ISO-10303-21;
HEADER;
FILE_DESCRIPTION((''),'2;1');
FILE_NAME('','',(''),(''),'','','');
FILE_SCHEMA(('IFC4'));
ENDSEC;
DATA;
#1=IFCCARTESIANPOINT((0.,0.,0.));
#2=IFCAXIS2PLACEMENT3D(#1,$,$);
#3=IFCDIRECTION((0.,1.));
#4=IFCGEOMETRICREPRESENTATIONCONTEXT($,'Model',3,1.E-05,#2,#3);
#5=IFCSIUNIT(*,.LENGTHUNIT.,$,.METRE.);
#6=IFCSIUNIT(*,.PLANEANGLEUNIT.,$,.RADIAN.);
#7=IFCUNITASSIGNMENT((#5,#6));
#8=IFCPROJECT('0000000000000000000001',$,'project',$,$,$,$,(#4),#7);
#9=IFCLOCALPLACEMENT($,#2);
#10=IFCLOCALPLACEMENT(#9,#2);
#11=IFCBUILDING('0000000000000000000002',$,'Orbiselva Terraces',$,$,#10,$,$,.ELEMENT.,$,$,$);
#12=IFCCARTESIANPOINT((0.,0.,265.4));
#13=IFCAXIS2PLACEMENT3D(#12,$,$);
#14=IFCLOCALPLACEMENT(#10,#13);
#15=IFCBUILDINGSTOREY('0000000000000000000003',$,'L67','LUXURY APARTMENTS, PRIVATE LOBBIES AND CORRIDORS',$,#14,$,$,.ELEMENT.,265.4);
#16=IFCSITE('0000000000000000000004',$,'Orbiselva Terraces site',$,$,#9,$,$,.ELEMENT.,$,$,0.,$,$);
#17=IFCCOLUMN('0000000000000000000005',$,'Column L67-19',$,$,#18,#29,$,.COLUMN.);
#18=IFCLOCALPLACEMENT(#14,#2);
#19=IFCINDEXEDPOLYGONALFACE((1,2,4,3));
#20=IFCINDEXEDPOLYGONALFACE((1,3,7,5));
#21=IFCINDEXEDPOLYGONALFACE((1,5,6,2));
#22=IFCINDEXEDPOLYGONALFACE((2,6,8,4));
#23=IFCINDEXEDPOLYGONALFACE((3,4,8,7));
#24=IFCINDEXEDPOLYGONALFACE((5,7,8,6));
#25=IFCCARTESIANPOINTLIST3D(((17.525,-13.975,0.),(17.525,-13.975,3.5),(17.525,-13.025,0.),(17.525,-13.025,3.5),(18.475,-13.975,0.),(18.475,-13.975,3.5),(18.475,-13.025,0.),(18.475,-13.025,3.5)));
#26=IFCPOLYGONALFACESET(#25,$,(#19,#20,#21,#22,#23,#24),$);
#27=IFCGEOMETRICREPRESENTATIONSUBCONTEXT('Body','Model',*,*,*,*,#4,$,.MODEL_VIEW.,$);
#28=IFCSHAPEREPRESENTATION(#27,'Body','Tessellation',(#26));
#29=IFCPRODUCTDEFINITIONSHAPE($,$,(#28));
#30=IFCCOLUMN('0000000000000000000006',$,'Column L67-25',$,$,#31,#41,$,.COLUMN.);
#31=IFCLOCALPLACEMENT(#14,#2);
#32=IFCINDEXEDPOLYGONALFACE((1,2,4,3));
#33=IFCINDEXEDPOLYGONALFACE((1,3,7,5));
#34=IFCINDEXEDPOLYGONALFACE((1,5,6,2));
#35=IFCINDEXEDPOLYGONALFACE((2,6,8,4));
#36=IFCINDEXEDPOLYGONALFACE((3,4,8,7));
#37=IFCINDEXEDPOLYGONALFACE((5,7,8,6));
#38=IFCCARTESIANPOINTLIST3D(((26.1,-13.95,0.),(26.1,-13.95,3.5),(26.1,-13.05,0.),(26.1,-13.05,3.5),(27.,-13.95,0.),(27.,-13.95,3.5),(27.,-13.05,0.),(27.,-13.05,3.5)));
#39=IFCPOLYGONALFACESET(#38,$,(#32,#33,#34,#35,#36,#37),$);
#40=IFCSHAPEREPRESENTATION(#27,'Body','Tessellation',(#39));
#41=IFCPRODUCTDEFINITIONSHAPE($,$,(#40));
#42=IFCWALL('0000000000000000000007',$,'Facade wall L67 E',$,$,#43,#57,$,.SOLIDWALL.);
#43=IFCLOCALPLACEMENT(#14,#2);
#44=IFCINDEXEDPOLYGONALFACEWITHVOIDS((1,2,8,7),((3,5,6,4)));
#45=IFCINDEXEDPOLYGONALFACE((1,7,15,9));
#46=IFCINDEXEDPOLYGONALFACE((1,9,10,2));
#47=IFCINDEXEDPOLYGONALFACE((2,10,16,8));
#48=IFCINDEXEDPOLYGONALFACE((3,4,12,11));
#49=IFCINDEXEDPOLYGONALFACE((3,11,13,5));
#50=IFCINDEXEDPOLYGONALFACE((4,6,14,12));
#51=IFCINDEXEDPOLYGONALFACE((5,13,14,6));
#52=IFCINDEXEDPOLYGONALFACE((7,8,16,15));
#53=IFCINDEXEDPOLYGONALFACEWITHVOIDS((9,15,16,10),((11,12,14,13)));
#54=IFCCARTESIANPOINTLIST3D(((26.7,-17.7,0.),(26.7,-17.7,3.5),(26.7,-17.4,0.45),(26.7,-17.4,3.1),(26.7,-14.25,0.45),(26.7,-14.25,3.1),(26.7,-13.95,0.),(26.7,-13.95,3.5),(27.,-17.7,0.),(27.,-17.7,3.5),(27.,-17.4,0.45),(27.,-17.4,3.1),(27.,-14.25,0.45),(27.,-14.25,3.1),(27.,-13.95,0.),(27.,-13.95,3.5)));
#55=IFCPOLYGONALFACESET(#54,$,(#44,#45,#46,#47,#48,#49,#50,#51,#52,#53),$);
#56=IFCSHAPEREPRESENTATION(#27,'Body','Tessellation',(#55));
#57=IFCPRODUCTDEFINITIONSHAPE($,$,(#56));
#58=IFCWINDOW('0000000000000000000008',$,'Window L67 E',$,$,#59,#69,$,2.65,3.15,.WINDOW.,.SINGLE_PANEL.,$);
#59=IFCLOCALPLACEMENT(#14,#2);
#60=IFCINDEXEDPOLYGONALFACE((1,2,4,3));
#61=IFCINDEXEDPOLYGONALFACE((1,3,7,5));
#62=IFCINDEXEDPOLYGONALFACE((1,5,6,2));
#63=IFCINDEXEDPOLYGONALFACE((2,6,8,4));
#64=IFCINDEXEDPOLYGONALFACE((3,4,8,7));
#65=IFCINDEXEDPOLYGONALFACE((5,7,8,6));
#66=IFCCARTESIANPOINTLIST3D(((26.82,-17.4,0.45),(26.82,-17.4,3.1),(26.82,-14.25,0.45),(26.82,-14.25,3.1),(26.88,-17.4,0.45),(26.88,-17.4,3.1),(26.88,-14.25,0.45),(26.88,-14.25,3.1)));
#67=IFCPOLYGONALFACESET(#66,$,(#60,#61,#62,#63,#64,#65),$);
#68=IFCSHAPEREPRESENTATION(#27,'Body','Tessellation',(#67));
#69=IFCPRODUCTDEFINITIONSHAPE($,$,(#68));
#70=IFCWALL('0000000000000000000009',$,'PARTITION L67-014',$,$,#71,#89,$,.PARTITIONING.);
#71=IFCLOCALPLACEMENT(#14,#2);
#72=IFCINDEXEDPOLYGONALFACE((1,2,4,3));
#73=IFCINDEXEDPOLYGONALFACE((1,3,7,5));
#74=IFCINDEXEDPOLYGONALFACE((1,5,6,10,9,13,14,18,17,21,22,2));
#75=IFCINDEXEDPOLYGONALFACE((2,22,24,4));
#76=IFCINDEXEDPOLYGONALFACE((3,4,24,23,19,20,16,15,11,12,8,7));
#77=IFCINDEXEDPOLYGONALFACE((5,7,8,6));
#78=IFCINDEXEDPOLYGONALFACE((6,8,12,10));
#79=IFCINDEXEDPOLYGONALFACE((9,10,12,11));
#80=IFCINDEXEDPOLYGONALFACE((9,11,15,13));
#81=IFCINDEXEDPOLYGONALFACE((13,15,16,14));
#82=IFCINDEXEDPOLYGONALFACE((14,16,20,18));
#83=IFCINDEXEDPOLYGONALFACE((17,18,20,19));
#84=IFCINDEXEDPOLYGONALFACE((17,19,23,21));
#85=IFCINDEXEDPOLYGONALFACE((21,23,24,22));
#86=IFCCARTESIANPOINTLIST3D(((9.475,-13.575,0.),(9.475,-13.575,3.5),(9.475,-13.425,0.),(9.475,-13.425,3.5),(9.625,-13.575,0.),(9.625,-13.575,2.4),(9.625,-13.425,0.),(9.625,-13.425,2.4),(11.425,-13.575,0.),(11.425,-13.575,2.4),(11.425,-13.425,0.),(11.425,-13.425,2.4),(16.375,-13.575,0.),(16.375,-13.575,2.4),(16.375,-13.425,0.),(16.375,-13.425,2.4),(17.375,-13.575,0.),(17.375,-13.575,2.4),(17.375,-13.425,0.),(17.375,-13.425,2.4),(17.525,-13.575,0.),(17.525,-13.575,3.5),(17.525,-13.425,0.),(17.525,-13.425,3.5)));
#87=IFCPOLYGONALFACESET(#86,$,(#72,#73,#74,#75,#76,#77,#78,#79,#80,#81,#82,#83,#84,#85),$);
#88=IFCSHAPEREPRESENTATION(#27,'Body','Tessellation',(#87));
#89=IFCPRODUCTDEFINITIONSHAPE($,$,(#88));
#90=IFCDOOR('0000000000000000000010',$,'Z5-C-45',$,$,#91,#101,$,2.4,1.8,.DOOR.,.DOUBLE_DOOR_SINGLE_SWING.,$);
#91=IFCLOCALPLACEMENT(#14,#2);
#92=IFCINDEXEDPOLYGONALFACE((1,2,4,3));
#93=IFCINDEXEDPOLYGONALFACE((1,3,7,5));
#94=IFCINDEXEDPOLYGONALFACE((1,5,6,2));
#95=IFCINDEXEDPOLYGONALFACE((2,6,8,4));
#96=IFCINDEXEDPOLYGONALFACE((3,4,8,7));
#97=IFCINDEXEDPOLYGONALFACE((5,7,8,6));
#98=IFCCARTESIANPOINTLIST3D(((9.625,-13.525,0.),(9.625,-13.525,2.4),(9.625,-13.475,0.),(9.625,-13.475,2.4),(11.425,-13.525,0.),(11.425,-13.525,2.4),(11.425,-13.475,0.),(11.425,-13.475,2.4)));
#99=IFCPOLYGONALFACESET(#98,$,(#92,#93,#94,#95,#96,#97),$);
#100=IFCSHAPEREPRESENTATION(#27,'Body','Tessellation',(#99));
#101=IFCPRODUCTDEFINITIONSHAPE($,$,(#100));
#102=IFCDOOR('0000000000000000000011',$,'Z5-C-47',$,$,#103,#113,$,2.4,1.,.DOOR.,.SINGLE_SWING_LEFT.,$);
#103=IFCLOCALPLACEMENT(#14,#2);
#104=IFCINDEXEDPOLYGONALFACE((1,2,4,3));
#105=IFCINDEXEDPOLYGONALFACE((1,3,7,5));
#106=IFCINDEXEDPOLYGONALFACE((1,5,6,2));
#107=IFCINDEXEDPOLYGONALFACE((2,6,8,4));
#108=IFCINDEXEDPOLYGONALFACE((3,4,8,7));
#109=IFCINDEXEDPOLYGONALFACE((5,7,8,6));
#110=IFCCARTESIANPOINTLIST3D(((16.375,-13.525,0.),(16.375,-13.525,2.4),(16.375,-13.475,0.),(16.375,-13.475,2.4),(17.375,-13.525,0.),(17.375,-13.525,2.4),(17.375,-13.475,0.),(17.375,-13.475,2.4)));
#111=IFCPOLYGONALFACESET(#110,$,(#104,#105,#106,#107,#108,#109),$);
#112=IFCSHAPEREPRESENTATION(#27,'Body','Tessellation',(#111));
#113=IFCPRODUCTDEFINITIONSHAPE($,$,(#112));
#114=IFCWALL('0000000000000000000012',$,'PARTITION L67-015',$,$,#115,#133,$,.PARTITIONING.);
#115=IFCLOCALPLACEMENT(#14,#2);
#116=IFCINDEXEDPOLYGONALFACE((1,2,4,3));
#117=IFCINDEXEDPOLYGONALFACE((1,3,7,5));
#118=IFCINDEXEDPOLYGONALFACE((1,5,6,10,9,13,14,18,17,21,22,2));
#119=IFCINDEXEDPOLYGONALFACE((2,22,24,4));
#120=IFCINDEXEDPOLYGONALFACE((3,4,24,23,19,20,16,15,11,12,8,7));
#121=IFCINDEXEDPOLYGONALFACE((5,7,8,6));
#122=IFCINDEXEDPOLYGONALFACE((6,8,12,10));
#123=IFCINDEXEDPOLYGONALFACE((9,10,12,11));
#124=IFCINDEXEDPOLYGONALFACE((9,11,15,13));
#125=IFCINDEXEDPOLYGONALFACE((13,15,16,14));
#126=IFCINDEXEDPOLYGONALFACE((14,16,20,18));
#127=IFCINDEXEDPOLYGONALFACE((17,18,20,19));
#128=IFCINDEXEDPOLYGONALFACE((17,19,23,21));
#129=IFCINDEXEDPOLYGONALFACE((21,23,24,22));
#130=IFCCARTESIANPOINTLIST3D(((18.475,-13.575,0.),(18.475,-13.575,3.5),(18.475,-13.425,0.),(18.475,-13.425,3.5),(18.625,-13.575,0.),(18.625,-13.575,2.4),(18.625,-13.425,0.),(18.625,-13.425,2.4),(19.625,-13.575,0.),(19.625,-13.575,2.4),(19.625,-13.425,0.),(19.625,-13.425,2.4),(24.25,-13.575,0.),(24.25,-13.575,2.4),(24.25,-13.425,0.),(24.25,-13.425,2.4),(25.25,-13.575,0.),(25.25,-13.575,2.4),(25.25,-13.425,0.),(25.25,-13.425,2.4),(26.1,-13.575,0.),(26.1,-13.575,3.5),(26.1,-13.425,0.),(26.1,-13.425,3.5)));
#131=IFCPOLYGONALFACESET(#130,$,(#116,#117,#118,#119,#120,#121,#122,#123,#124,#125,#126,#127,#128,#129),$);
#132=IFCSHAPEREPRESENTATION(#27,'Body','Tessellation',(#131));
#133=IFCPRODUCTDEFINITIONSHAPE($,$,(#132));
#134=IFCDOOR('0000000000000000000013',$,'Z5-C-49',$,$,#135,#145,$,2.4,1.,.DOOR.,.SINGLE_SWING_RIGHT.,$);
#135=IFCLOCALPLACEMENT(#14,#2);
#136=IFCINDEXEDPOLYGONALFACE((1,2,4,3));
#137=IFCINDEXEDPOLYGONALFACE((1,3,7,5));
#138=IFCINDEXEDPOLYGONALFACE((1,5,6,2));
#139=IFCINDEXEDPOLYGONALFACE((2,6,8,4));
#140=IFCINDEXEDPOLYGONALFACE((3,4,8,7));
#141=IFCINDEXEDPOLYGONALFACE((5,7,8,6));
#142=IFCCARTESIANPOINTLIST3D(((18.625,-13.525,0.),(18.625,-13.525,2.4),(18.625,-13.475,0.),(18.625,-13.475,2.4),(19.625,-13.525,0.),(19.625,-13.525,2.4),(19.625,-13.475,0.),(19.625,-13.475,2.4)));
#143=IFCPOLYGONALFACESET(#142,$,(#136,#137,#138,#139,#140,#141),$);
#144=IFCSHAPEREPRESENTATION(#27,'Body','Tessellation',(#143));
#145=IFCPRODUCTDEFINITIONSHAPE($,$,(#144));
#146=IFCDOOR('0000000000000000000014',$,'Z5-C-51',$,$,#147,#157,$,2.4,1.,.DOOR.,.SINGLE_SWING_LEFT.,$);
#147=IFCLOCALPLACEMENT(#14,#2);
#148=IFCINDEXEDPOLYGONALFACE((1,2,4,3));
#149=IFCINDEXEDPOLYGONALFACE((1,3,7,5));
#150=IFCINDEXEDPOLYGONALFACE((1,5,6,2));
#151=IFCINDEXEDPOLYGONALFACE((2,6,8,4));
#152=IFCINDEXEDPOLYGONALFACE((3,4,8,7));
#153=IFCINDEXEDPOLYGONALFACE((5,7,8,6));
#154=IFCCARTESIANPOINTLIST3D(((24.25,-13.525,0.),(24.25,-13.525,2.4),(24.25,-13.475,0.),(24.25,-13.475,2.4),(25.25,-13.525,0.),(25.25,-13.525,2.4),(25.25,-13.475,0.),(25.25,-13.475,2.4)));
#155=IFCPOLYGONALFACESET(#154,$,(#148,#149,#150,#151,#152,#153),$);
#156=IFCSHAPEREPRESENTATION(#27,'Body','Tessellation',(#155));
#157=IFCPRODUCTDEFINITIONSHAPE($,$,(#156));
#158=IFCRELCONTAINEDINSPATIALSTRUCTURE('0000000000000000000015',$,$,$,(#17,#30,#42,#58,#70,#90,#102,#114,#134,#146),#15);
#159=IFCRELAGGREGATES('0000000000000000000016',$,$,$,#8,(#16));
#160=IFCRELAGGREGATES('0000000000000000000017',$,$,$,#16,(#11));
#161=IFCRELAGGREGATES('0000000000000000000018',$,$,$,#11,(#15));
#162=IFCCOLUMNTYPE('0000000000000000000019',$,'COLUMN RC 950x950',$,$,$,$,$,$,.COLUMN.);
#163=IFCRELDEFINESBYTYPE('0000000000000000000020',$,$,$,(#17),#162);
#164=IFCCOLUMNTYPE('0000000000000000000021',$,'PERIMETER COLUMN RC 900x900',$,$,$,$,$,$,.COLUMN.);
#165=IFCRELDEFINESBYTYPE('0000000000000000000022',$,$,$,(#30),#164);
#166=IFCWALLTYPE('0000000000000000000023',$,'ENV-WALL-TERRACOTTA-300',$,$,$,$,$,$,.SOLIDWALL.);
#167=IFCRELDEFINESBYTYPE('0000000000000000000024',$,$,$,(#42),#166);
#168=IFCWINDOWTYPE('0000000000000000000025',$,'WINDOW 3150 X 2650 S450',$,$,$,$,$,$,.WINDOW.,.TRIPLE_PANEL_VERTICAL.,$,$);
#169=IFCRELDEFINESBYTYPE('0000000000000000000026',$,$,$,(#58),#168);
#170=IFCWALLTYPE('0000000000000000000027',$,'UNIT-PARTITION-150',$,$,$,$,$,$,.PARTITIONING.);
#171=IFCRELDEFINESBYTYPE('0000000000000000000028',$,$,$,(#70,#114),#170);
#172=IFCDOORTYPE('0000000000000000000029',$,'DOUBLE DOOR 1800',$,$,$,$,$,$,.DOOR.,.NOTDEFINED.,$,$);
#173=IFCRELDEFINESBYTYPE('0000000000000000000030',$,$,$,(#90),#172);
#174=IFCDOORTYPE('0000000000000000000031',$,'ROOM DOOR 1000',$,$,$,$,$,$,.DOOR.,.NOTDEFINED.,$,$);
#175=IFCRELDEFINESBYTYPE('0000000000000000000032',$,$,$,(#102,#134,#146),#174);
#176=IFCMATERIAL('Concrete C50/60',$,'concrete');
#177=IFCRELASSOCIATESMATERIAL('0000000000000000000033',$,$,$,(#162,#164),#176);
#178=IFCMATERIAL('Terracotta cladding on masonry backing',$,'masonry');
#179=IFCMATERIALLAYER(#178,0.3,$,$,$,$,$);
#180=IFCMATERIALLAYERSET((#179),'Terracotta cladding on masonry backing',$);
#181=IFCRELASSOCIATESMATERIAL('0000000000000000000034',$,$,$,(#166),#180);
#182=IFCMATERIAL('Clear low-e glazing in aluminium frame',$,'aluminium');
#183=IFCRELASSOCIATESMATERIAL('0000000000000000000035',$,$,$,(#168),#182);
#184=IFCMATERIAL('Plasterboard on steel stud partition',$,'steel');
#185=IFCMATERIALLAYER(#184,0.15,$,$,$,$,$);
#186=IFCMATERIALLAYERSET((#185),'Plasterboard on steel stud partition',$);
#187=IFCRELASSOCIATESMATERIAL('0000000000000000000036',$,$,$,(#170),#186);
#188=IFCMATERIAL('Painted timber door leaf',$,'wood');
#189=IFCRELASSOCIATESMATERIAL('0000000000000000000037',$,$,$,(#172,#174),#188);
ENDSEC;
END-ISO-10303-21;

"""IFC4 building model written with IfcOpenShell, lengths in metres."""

from ifc_helpers import new_model, si_unit, direction, frame, frame_2d, origin, origin_2d, place, context, subcontext, project, spatial, rectangle, extrude, material, layer, layer_set, material_profile, profile_set, type_object, element, fill, save


model = new_model("IFC4")

# Units and contexts
model_context = context("Model", 3, precision=1e-05, world=origin(), true_north=direction((0.0, 1.0)))
body_context = subcontext(model_context, "Body", "Model", "MODEL_VIEW")
ifc_project = project(units=[si_unit("LENGTHUNIT", "METRE"), si_unit("PLANEANGLEUNIT", "RADIAN")], contexts=[model_context])

# Site, building, storey
site_placement = place(None, origin())
site = spatial("IfcSite", under=ifc_project, at=site_placement, Name="Orbiselva Terraces site", CompositionType="ELEMENT", RefElevation=0.0)
building_placement = place(site_placement, origin())
building = spatial("IfcBuilding", under=site, at=building_placement, Name="Orbiselva Terraces", CompositionType="ELEMENT")
storey_placement = place(building_placement, frame((0.0, 0.0, 265.4)))
storey = spatial("IfcBuildingStorey", under=building, at=storey_placement, Name="L67", Description="LUXURY APARTMENTS, PRIVATE LOBBIES AND CORRIDORS", CompositionType="ELEMENT", Elevation=265.4)

# Columns
ifc_material_1 = material(Name="Concrete C50/60", Category="concrete")
ifc_material_profile_1 = material_profile(ifc_material_1, rectangle(XDim=0.95, YDim=0.95, at=origin_2d()), Name="RC 950x950")
ifc_profile_set_1 = profile_set([ifc_material_profile_1], Name="Concrete C50/60")
column_type_1 = type_object("IfcColumnType", Name="COLUMN RC 950x950", PredefinedType="COLUMN", material=ifc_profile_set_1)
column_1_placement = place(storey_placement, frame((18.0, -13.5, 0.0), z_axis=(0.0, 0.0, 1.0), x_axis=(1.0, 0.0, 0.0)))
element("IfcColumn", 1, at=column_1_placement, inside=storey, type_object=column_type_1, Name="Column L67-19", PredefinedType="COLUMN", context=body_context, shape_type="SweptSolid", body=[
    extrude(rectangle(XDim=0.95, YDim=0.95, at=origin_2d()), origin(), (0.0, 0.0, 1.0), 3.5),
])
ifc_material_profile_2 = material_profile(ifc_material_1, rectangle(XDim=0.9, YDim=0.9, at=origin_2d()), Name="RC 900x900")
ifc_profile_set_2 = profile_set([ifc_material_profile_2], Name="Concrete C50/60")
column_type_2 = type_object("IfcColumnType", Name="PERIMETER COLUMN RC 900x900", PredefinedType="COLUMN", material=ifc_profile_set_2)
column_2_placement = place(storey_placement, frame((26.55, -13.5, 0.0), z_axis=(0.0, 0.0, 1.0), x_axis=(1.0, 0.0, 0.0)))
element("IfcColumn", 2, at=column_2_placement, inside=storey, type_object=column_type_2, Name="Column L67-25", PredefinedType="COLUMN", context=body_context, shape_type="SweptSolid", body=[
    extrude(rectangle(XDim=0.9, YDim=0.9, at=origin_2d()), origin(), (0.0, 0.0, 1.0), 3.5),
])

# Wall, opening, window
ifc_material_2 = material(Name="Terracotta cladding on masonry backing", Category="masonry")
ifc_layer_1 = layer(ifc_material_2, 0.3)
ifc_layer_set_1 = layer_set([ifc_layer_1], Name="Terracotta cladding on masonry backing")
wall_type_1 = type_object("IfcWallType", Name="ENV-WALL-TERRACOTTA-300", PredefinedType="SOLIDWALL", material=ifc_layer_set_1)
wall_1_placement = place(storey_placement, frame((26.85, -13.95, 0.0), z_axis=(0.0, 0.0, 1.0), x_axis=(0.0, -1.0, 0.0)))
wall_1 = element("IfcWall", 3, at=wall_1_placement, inside=storey, type_object=wall_type_1, Name="Facade wall L67 E", PredefinedType="SOLIDWALL", context=body_context, shape_type="SweptSolid", body=[
    extrude(rectangle(XDim=3.75, YDim=0.3, at=frame_2d((1.875, 0.0))), origin(), (0.0, 0.0, 1.0), 3.5),
])
opening_1_placement = place(wall_1_placement, frame((0.3, 0.0, 0.45)))
opening_1 = element("IfcOpeningElement", 4, at=opening_1_placement, cuts=wall_1, PredefinedType="OPENING", context=body_context, shape_type="SweptSolid", body=[
    extrude(rectangle(XDim=3.15, YDim=2.65, at=frame_2d((1.575, 1.325))), frame((0.0, 0.16, 0.0), z_axis=(0.0, -1.0, 0.0), x_axis=(1.0, 0.0, 0.0)), (0.0, 0.0, 1.0), 0.32),
])
ifc_material_3 = material(Name="Clear low-e glazing in aluminium frame", Category="aluminium")
window_type = type_object("IfcWindowType", Name="WINDOW 3150 X 2650 S450", PartitioningType="TRIPLE_PANEL_VERTICAL", PredefinedType="WINDOW", material=ifc_material_3)
window_placement = place(opening_1_placement, origin())
window = element("IfcWindow", 5, at=window_placement, inside=storey, type_object=window_type, Name="Window L67 E", OverallHeight=2.65, OverallWidth=3.15, PartitioningType="SINGLE_PANEL", PredefinedType="WINDOW", context=body_context, shape_type="SweptSolid", body=[
    extrude(rectangle(XDim=3.15, YDim=2.65, at=frame_2d((1.575, 1.325))), frame((0.0, 0.03, 0.0), z_axis=(0.0, -1.0, 0.0), x_axis=(1.0, 0.0, 0.0)), (0.0, 0.0, 1.0), 0.06),
])
fill(opening_1, window)

# Walls, openings, doors
ifc_material_4 = material(Name="Plasterboard on steel stud partition", Category="steel")
ifc_layer_2 = layer(ifc_material_4, 0.15)
ifc_layer_set_2 = layer_set([ifc_layer_2], Name="Plasterboard on steel stud partition")
wall_type_2 = type_object("IfcWallType", Name="UNIT-PARTITION-150", PredefinedType="PARTITIONING", material=ifc_layer_set_2)
wall_2_placement = place(storey_placement, frame((17.525, -13.5, 0.0), z_axis=(0.0, 0.0, 1.0), x_axis=(-1.0, 0.0, 0.0)))
wall_2 = element("IfcWall", 6, at=wall_2_placement, inside=storey, type_object=wall_type_2, Name="PARTITION L67-014", PredefinedType="PARTITIONING", context=body_context, shape_type="SweptSolid", body=[
    extrude(rectangle(XDim=8.05, YDim=0.15, at=frame_2d((4.025, 0.0))), origin(), (0.0, 0.0, 1.0), 3.5),
])
opening_2_placement = place(wall_2_placement, frame((6.1, 0.0, 0.0)))
opening_2 = element("IfcOpeningElement", 7, at=opening_2_placement, cuts=wall_2, PredefinedType="OPENING", context=body_context, shape_type="SweptSolid", body=[
    extrude(rectangle(XDim=1.8, YDim=2.4, at=frame_2d((0.9, 1.2))), frame((0.0, 0.085, 0.0), z_axis=(0.0, -1.0, 0.0), x_axis=(1.0, 0.0, 0.0)), (0.0, 0.0, 1.0), 0.17),
])
opening_3_placement = place(wall_2_placement, frame((0.15, 0.0, 0.0)))
opening_3 = element("IfcOpeningElement", 8, at=opening_3_placement, cuts=wall_2, PredefinedType="OPENING", context=body_context, shape_type="SweptSolid", body=[
    extrude(rectangle(XDim=1.0, YDim=2.4, at=frame_2d((0.5, 1.2))), frame((0.0, 0.085, 0.0), z_axis=(0.0, -1.0, 0.0), x_axis=(1.0, 0.0, 0.0)), (0.0, 0.0, 1.0), 0.17),
])
ifc_material_5 = material(Name="Painted timber door leaf", Category="wood")
door_type_1 = type_object("IfcDoorType", Name="DOUBLE DOOR 1800", OperationType="NOTDEFINED", PredefinedType="DOOR", material=ifc_material_5)
door_1_placement = place(opening_2_placement, origin())
door_1 = element("IfcDoor", 9, at=door_1_placement, inside=storey, type_object=door_type_1, Name="Z5-C-45", OperationType="DOUBLE_DOOR_SINGLE_SWING", OverallHeight=2.4, OverallWidth=1.8, PredefinedType="DOOR", context=body_context, shape_type="SweptSolid", body=[
    extrude(rectangle(XDim=1.8, YDim=2.4, at=frame_2d((0.9, 1.2))), frame((0.0, 0.025, 0.0), z_axis=(0.0, -1.0, 0.0), x_axis=(1.0, 0.0, 0.0)), (0.0, 0.0, 1.0), 0.05),
])
fill(opening_2, door_1)
door_type_2 = type_object("IfcDoorType", Name="ROOM DOOR 1000", OperationType="NOTDEFINED", PredefinedType="DOOR", material=ifc_material_5)
door_2_placement = place(opening_3_placement, origin())
door_2 = element("IfcDoor", 10, at=door_2_placement, inside=storey, type_object=door_type_2, Name="Z5-C-47", OperationType="SINGLE_SWING_LEFT", OverallHeight=2.4, OverallWidth=1.0, PredefinedType="DOOR", context=body_context, shape_type="SweptSolid", body=[
    extrude(rectangle(XDim=1.0, YDim=2.4, at=frame_2d((0.5, 1.2))), frame((0.0, 0.025, 0.0), z_axis=(0.0, -1.0, 0.0), x_axis=(1.0, 0.0, 0.0)), (0.0, 0.0, 1.0), 0.05),
])
fill(opening_3, door_2)
wall_3_placement = place(storey_placement, frame((26.1, -13.5, 0.0), z_axis=(0.0, 0.0, 1.0), x_axis=(-1.0, 0.0, 0.0)))
wall_3 = element("IfcWall", 11, at=wall_3_placement, inside=storey, type_object=wall_type_2, Name="PARTITION L67-015", PredefinedType="PARTITIONING", context=body_context, shape_type="SweptSolid", body=[
    extrude(rectangle(XDim=7.625, YDim=0.15, at=frame_2d((3.8125, 0.0))), origin(), (0.0, 0.0, 1.0), 3.5),
])
opening_4_placement = place(wall_3_placement, frame((6.475, 0.0, 0.0)))
opening_4 = element("IfcOpeningElement", 12, at=opening_4_placement, cuts=wall_3, PredefinedType="OPENING", context=body_context, shape_type="SweptSolid", body=[
    extrude(rectangle(XDim=1.0, YDim=2.4, at=frame_2d((0.5, 1.2))), frame((0.0, 0.085, 0.0), z_axis=(0.0, -1.0, 0.0), x_axis=(1.0, 0.0, 0.0)), (0.0, 0.0, 1.0), 0.17),
])
opening_5_placement = place(wall_3_placement, frame((0.85, 0.0, 0.0)))
opening_5 = element("IfcOpeningElement", 13, at=opening_5_placement, cuts=wall_3, PredefinedType="OPENING", context=body_context, shape_type="SweptSolid", body=[
    extrude(rectangle(XDim=1.0, YDim=2.4, at=frame_2d((0.5, 1.2))), frame((0.0, 0.085, 0.0), z_axis=(0.0, -1.0, 0.0), x_axis=(1.0, 0.0, 0.0)), (0.0, 0.0, 1.0), 0.17),
])
door_3_placement = place(opening_4_placement, origin())
door_3 = element("IfcDoor", 14, at=door_3_placement, inside=storey, type_object=door_type_2, Name="Z5-C-49", OperationType="SINGLE_SWING_RIGHT", OverallHeight=2.4, OverallWidth=1.0, PredefinedType="DOOR", context=body_context, shape_type="SweptSolid", body=[
    extrude(rectangle(XDim=1.0, YDim=2.4, at=frame_2d((0.5, 1.2))), frame((0.0, 0.025, 0.0), z_axis=(0.0, -1.0, 0.0), x_axis=(1.0, 0.0, 0.0)), (0.0, 0.0, 1.0), 0.05),
])
fill(opening_4, door_3)
door_4_placement = place(opening_5_placement, origin())
door_4 = element("IfcDoor", 15, at=door_4_placement, inside=storey, type_object=door_type_2, Name="Z5-C-51", OperationType="SINGLE_SWING_LEFT", OverallHeight=2.4, OverallWidth=1.0, PredefinedType="DOOR", context=body_context, shape_type="SweptSolid", body=[
    extrude(rectangle(XDim=1.0, YDim=2.4, at=frame_2d((0.5, 1.2))), frame((0.0, 0.025, 0.0), z_axis=(0.0, -1.0, 0.0), x_axis=(1.0, 0.0, 0.0)), (0.0, 0.0, 1.0), 0.05),
])
fill(opening_5, door_4)

save(model, "model.ifc")
